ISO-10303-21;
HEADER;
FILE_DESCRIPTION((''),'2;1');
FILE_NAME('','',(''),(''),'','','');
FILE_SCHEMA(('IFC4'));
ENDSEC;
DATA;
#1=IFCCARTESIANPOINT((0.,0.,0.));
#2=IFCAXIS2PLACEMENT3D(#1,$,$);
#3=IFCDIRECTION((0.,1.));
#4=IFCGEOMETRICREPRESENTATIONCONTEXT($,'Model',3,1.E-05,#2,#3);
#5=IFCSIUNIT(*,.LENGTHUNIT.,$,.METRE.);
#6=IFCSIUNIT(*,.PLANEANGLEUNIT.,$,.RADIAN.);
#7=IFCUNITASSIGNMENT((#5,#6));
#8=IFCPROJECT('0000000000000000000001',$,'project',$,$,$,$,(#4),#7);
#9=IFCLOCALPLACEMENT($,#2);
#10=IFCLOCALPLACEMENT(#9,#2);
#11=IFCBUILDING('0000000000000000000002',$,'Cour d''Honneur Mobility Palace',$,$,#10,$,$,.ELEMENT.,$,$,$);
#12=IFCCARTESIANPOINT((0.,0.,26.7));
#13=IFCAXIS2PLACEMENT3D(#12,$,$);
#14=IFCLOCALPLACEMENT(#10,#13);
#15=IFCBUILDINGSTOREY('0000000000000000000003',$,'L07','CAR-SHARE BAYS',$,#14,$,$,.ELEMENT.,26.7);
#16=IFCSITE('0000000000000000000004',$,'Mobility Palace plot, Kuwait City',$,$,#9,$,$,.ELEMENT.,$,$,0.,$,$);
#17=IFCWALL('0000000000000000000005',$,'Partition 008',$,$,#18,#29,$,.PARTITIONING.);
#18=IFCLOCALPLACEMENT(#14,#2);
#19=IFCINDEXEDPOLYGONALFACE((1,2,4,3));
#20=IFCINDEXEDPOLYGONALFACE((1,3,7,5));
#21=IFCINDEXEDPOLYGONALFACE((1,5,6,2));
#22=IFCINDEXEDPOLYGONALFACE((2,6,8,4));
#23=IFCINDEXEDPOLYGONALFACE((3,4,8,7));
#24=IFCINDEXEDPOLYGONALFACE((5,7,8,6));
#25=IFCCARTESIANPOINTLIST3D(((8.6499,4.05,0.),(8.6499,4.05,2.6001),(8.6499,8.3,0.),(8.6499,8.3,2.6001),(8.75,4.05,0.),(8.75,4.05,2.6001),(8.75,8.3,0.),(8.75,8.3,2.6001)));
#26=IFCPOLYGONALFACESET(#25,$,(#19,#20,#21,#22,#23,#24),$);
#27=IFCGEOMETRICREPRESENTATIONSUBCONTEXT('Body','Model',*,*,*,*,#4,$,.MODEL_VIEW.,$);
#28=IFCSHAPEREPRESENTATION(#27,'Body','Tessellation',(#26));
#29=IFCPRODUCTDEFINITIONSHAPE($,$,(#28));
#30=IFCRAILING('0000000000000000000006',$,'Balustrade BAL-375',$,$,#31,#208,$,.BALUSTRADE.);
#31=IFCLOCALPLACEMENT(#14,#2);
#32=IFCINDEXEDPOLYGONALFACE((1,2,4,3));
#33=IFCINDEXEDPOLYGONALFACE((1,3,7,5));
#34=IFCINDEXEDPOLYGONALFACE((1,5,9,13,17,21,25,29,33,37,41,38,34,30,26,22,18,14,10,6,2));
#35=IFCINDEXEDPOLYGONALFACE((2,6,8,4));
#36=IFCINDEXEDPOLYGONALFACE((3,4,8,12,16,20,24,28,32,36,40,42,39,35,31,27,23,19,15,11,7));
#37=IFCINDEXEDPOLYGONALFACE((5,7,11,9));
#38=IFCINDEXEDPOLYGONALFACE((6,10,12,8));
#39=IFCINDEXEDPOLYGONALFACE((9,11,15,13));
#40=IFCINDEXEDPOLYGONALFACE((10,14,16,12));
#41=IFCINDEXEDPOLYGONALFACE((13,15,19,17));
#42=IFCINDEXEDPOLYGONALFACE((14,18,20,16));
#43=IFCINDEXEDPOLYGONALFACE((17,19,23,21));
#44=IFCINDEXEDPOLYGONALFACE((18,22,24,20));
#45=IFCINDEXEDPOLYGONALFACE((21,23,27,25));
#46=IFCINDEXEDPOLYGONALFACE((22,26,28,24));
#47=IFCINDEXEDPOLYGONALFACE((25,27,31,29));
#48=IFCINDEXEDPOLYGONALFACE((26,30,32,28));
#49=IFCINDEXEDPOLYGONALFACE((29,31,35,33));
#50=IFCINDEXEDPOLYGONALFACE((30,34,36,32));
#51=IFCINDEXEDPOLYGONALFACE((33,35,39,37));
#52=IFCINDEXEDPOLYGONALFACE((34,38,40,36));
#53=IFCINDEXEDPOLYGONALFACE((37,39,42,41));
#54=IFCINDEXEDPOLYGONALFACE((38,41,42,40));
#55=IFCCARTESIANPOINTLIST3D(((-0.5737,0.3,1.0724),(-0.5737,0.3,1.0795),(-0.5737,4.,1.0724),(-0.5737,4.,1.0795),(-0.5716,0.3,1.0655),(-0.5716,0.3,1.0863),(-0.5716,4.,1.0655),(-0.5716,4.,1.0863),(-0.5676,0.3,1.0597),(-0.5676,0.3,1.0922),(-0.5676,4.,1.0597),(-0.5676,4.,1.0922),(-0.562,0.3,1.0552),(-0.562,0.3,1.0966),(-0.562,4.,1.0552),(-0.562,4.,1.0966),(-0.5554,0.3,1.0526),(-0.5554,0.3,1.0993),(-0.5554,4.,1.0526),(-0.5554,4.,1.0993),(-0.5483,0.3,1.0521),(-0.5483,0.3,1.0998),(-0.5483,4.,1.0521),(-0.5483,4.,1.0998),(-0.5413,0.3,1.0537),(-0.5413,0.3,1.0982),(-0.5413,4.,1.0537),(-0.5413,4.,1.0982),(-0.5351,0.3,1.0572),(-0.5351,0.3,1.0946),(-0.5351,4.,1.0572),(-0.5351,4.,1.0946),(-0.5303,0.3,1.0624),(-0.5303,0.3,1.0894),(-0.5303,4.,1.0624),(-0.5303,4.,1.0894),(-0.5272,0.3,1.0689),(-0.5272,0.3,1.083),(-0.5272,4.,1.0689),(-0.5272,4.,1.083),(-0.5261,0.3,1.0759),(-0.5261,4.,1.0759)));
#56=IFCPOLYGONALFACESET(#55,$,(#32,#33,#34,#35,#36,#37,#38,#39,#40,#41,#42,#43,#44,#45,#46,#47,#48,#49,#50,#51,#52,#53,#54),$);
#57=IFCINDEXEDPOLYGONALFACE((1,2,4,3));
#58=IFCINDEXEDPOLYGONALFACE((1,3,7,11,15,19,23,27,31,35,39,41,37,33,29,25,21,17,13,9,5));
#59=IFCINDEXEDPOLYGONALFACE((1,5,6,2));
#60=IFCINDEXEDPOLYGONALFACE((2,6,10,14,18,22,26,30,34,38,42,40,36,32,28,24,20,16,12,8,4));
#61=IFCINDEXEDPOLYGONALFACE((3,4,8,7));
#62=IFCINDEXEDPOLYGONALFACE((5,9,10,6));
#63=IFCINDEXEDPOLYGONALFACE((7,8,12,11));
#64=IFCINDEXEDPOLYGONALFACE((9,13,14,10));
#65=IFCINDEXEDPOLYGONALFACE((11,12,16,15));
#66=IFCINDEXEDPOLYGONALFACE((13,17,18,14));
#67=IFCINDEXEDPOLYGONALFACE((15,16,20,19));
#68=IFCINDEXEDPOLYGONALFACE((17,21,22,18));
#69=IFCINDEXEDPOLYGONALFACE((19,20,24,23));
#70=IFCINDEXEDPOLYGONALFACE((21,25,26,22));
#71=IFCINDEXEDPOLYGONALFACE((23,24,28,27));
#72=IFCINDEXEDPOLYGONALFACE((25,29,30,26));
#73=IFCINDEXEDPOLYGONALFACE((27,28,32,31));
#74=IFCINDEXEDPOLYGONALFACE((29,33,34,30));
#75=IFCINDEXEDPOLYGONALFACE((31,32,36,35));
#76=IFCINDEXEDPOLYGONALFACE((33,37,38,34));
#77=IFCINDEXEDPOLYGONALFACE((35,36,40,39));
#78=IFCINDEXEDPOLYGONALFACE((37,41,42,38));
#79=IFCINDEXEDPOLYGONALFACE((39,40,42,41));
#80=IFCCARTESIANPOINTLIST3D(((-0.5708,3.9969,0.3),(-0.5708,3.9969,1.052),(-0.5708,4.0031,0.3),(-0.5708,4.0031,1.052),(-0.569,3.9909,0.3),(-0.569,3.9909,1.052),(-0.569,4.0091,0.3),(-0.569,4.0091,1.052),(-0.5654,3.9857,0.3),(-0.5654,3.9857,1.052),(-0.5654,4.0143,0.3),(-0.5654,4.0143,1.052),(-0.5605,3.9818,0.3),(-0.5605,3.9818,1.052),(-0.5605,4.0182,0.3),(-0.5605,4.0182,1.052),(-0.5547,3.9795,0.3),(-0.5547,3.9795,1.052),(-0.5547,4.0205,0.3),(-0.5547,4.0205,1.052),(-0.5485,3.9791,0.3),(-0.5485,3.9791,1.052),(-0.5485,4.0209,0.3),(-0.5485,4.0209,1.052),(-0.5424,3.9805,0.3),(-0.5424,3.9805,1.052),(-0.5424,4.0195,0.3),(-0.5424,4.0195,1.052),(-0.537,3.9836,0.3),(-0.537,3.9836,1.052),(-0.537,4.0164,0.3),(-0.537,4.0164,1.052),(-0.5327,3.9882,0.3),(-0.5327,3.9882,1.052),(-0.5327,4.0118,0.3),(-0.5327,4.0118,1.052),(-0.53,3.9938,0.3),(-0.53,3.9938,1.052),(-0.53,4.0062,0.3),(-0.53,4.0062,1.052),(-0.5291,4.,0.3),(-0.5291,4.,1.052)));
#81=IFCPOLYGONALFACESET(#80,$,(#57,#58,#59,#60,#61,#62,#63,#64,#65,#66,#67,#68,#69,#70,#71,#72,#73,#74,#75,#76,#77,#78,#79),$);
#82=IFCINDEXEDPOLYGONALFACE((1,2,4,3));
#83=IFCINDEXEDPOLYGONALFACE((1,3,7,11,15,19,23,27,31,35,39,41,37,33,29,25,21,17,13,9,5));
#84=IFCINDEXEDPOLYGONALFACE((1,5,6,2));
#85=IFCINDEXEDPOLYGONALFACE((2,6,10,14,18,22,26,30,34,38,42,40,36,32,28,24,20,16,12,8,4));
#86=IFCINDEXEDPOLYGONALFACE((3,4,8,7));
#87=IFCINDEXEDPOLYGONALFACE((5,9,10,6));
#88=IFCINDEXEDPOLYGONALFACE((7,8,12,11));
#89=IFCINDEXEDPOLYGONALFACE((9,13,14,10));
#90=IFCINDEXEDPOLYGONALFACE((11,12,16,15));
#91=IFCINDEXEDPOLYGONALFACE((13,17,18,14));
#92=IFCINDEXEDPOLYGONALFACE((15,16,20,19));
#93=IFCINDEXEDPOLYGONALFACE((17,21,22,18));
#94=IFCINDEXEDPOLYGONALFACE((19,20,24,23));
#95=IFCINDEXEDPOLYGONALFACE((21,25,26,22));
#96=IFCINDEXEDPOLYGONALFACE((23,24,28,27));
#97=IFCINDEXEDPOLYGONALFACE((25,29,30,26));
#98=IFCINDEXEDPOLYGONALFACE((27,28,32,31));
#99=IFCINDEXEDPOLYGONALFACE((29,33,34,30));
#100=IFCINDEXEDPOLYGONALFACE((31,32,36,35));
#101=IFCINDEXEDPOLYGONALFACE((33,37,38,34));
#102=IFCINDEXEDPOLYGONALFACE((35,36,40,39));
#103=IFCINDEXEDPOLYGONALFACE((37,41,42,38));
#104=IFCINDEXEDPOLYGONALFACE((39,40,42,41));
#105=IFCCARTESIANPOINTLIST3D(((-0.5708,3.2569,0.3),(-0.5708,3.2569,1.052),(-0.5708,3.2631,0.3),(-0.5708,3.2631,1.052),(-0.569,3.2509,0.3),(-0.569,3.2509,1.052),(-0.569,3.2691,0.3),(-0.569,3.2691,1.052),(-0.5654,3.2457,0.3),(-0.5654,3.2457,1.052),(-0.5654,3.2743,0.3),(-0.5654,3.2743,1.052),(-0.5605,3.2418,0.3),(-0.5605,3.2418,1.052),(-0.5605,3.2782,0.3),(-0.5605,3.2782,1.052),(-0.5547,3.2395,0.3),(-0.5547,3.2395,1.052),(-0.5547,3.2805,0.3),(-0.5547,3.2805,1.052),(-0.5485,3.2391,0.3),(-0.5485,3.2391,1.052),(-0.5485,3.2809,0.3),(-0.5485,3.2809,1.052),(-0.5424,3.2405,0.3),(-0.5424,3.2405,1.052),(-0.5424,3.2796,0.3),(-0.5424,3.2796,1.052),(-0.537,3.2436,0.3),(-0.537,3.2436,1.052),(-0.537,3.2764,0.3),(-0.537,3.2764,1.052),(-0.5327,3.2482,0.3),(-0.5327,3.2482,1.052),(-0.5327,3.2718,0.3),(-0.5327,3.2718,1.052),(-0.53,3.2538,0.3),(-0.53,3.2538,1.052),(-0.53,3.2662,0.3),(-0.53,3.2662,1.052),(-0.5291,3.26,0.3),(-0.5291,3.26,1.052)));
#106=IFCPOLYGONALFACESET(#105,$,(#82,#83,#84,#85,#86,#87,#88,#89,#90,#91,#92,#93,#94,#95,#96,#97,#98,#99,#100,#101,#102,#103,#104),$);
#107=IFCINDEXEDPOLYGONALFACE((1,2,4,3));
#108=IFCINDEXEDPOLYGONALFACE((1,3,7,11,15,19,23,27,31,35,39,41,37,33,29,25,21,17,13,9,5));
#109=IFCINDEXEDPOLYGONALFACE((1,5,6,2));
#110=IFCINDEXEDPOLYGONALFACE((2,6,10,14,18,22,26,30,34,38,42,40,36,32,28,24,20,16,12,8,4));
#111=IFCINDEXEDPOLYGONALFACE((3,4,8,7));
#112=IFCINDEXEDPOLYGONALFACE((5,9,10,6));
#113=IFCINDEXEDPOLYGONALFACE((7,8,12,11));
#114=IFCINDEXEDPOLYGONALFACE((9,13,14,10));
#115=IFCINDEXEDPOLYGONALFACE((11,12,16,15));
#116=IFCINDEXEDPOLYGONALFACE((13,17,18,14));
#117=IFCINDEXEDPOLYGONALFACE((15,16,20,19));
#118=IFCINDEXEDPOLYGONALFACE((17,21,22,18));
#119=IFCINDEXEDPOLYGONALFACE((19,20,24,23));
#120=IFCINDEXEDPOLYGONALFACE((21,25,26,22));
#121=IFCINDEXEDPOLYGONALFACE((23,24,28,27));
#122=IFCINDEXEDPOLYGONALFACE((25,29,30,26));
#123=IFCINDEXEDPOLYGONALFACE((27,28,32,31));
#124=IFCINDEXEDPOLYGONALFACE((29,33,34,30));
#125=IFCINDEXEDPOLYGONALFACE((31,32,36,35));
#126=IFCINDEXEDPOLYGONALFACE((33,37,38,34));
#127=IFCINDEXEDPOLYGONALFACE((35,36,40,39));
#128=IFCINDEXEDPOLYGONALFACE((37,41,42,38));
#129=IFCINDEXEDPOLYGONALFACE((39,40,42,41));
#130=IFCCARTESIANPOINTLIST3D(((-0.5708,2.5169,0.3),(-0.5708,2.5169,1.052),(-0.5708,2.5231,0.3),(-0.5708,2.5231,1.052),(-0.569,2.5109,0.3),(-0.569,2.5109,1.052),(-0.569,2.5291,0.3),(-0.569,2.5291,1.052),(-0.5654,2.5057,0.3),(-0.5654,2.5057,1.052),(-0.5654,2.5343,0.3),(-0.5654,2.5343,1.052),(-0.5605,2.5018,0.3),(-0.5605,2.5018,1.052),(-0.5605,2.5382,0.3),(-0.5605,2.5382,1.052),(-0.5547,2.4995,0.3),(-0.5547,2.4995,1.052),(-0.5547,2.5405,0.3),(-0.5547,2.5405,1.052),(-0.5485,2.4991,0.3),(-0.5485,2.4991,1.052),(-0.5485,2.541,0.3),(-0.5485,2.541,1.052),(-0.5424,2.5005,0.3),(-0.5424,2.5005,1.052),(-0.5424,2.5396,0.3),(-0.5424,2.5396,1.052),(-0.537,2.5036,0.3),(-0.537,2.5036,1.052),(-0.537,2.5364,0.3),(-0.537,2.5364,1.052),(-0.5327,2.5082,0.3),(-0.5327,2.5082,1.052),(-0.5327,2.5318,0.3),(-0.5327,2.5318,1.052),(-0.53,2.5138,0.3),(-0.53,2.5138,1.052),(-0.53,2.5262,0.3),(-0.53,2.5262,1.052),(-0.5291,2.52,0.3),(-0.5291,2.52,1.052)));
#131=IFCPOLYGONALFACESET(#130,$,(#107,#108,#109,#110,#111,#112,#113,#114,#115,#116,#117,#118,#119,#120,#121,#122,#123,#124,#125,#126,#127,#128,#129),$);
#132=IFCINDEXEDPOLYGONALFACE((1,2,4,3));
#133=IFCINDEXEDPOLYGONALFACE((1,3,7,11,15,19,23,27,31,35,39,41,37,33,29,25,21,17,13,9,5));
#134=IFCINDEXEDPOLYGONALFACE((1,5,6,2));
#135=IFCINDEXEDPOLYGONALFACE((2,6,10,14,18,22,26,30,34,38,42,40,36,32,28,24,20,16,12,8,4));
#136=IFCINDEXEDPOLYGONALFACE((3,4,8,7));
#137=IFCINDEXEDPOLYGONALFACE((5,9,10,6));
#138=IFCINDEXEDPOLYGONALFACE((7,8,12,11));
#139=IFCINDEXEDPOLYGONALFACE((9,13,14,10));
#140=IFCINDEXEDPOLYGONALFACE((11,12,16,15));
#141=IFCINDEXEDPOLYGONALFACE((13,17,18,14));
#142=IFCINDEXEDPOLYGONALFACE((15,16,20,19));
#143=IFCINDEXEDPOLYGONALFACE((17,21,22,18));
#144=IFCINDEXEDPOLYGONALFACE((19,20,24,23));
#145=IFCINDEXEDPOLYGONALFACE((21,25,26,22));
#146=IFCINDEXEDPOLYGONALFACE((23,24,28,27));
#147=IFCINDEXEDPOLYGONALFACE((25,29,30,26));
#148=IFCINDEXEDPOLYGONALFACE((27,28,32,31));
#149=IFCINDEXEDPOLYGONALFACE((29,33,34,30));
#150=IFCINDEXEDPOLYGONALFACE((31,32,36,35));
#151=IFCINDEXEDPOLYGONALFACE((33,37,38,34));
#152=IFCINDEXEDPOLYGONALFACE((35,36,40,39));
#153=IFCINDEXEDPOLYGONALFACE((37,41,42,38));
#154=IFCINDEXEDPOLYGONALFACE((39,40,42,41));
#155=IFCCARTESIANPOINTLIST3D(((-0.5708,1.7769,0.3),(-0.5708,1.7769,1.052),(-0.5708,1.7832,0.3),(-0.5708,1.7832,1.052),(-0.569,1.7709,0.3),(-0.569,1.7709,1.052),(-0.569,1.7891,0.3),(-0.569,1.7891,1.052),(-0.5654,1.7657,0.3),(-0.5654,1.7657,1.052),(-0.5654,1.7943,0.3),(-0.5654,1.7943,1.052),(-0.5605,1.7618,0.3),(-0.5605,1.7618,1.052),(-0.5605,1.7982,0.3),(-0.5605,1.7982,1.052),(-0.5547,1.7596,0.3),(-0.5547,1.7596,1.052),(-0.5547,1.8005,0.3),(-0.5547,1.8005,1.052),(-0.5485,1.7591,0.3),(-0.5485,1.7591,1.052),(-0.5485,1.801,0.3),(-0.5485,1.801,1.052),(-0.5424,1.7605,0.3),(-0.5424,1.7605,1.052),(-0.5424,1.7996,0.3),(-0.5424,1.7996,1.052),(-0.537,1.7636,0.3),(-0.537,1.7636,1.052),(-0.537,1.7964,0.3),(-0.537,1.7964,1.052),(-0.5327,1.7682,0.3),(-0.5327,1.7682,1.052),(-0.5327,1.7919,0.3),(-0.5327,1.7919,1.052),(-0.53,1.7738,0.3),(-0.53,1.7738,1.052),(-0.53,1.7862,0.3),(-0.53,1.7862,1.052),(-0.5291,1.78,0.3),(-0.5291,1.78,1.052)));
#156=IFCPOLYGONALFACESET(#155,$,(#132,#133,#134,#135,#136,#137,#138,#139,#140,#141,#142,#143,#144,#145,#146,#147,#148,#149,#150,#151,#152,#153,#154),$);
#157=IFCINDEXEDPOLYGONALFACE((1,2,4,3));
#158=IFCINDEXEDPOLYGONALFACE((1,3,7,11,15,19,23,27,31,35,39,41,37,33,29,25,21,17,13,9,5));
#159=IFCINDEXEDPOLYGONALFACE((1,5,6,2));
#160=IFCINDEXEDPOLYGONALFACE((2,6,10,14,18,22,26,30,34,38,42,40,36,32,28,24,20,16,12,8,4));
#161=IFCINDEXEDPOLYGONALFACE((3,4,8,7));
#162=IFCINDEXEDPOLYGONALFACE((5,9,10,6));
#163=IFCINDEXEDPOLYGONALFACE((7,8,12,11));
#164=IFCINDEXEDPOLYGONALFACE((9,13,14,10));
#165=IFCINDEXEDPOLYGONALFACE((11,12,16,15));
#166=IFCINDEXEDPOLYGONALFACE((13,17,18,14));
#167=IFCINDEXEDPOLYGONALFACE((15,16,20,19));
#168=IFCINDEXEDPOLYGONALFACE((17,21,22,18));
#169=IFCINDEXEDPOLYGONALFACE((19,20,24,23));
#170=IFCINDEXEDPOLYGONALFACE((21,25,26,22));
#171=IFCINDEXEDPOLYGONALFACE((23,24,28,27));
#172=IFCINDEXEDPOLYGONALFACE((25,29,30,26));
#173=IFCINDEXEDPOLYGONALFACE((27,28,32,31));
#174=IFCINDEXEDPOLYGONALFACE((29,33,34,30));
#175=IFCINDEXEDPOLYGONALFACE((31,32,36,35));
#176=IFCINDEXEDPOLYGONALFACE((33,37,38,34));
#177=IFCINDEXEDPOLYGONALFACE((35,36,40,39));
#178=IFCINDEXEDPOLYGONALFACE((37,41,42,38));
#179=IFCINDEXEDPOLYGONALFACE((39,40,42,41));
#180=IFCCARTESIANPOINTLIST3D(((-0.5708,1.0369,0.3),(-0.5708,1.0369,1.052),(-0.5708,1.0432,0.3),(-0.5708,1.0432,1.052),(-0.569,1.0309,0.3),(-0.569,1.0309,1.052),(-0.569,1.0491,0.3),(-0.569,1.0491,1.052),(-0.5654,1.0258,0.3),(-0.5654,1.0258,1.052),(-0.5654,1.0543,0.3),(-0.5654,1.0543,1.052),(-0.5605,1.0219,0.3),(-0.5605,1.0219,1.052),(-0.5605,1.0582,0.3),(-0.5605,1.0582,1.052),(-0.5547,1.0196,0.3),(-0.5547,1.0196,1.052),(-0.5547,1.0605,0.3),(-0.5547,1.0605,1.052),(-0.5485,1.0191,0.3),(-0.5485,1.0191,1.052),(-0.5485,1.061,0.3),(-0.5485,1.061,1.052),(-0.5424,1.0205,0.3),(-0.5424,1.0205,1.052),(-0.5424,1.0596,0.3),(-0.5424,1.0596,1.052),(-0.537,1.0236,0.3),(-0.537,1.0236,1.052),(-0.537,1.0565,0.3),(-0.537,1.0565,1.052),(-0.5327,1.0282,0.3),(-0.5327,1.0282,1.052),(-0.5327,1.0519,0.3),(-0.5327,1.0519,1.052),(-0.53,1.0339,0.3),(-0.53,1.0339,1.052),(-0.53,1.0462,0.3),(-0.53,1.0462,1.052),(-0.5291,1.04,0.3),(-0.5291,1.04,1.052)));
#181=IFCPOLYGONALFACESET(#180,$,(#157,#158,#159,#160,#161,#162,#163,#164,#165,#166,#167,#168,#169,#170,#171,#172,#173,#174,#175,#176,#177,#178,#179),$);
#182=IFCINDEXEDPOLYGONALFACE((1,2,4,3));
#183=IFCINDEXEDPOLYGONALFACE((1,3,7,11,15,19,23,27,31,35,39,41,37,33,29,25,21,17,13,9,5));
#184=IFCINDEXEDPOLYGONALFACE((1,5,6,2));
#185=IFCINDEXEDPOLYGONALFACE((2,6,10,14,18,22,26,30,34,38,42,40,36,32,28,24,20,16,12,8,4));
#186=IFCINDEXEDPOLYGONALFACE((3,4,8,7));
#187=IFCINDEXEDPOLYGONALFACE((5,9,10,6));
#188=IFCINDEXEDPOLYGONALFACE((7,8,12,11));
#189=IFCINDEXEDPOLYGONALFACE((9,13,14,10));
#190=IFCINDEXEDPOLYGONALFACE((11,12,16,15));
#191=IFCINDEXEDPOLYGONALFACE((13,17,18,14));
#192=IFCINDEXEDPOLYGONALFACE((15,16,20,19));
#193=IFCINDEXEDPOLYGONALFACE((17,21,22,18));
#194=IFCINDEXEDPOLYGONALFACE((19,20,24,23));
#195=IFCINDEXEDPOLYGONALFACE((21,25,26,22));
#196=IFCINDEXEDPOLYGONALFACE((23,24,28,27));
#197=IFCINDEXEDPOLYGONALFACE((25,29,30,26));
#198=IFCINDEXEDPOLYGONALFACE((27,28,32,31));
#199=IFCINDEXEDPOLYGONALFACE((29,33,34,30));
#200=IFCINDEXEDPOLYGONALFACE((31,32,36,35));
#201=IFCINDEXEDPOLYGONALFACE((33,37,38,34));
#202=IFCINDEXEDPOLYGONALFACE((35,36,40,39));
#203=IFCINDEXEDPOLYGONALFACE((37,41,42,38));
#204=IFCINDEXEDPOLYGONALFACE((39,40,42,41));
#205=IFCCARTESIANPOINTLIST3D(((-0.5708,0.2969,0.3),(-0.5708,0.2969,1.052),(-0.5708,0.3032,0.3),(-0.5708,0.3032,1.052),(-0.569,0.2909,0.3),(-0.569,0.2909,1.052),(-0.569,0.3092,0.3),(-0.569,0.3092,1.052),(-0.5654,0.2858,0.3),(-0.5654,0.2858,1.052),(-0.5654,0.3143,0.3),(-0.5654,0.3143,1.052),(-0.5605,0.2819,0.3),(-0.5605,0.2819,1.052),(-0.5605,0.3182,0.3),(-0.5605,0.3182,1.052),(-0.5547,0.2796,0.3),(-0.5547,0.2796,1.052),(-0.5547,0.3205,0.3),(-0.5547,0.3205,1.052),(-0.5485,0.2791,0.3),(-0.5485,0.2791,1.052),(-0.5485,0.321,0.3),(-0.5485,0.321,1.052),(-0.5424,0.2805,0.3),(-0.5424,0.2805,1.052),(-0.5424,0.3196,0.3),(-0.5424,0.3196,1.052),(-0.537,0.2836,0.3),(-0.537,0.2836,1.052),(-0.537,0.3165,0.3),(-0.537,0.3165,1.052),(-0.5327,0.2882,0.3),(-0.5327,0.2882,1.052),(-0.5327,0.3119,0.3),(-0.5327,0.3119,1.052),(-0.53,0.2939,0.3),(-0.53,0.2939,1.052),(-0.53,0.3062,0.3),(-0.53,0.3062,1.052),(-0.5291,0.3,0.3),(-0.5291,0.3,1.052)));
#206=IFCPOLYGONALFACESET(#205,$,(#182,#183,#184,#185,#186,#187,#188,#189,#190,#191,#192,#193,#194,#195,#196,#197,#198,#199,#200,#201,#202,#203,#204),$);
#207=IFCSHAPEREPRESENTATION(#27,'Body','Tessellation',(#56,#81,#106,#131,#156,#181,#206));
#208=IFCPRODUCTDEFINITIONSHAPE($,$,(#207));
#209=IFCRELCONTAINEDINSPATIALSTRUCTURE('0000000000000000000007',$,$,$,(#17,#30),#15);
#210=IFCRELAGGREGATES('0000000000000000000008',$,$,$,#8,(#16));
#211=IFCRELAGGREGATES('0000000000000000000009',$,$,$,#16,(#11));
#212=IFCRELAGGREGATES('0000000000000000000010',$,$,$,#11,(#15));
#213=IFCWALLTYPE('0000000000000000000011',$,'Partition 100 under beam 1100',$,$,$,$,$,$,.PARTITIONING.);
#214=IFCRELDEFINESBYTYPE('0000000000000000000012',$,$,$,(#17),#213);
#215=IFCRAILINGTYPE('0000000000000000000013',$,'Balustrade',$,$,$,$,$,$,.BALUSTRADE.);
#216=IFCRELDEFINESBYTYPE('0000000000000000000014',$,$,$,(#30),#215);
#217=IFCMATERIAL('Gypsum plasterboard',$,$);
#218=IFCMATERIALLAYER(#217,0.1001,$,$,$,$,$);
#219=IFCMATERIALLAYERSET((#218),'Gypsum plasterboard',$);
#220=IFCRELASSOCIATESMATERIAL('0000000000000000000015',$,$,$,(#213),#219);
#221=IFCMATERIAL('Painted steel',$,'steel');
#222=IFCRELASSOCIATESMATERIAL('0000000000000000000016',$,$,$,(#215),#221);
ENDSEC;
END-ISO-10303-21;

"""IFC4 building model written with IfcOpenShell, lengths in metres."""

from ifc_helpers import new_model, si_unit, direction, frame, frame_2d, origin, origin_2d, place, context, subcontext, project, spatial, rectangle, circle, extrude, material, layer, layer_set, type_object, element, save


model = new_model("IFC4")

# Units and contexts
model_context = context("Model", 3, precision=1e-05, world=origin(), true_north=direction((0.0, 1.0)))
body_context = subcontext(model_context, "Body", "Model", "MODEL_VIEW")
ifc_project = project(units=[si_unit("LENGTHUNIT", "METRE"), si_unit("PLANEANGLEUNIT", "RADIAN")], contexts=[model_context])

# Site, building, storey
site_placement = place(None, origin())
site = spatial("IfcSite", under=ifc_project, at=site_placement, Name="Mobility Palace plot, Kuwait City", CompositionType="ELEMENT", RefElevation=0.0)
building_placement = place(site_placement, origin())
building = spatial("IfcBuilding", under=site, at=building_placement, Name="Cour d'Honneur Mobility Palace", CompositionType="ELEMENT")
storey_placement = place(building_placement, frame((0.0, 0.0, 26.7)))
storey = spatial("IfcBuildingStorey", under=building, at=storey_placement, Name="L07", Description="CAR-SHARE BAYS", CompositionType="ELEMENT", Elevation=26.7)

# Wall
ifc_material_1 = material(Name="Gypsum plasterboard")
ifc_layer_1 = layer(ifc_material_1, 0.1001)
ifc_layer_set_1 = layer_set([ifc_layer_1], Name="Gypsum plasterboard")
wall_type_1 = type_object("IfcWallType", Name="Partition 100 under beam 1100", PredefinedType="PARTITIONING", material=ifc_layer_set_1)
wall_1_placement = place(storey_placement, frame((8.7, 8.3, 0.0), z_axis=(0.0, 0.0, 1.0), x_axis=(0.0, -1.0, 0.0)))
element("IfcWall", 1, at=wall_1_placement, inside=storey, type_object=wall_type_1, Name="Partition 008", PredefinedType="PARTITIONING", context=body_context, shape_type="SweptSolid", body=[
    extrude(rectangle(XDim=4.25, YDim=0.1001, at=frame_2d((2.125, 0.0))), origin(), (0.0, 0.0, 1.0), 2.6001),
])

# Railing
ifc_material_2 = material(Name="Painted steel", Category="steel")
railing_type_1 = type_object("IfcRailingType", Name="Balustrade", PredefinedType="BALUSTRADE", material=ifc_material_2)
railing_1_placement = place(storey_placement, frame((-0.55, 4.0, 0.3)))
element("IfcRailing", 2, at=railing_1_placement, inside=storey, type_object=railing_type_1, Name="Balustrade BAL-375", PredefinedType="BALUSTRADE", context=body_context, shape_type="SweptSolid", body=[
    extrude(circle(Radius=0.0239, at=origin_2d()), frame((0.0, 0.0, 0.7759), z_axis=(0.0, -1.0, 0.0), x_axis=(1.0, 0.0, 0.0)), (0.0, 0.0, 1.0), 3.7),
    extrude(circle(Radius=0.021, at=origin_2d()), origin(), (0.0, 0.0, 1.0), 0.752),
    extrude(circle(Radius=0.021, at=origin_2d()), frame((0.0, -0.74, 0.0)), (0.0, 0.0, 1.0), 0.752),
    extrude(circle(Radius=0.021, at=origin_2d()), frame((0.0, -1.48, 0.0)), (0.0, 0.0, 1.0), 0.752),
    extrude(circle(Radius=0.021, at=origin_2d()), frame((0.0, -2.22, 0.0)), (0.0, 0.0, 1.0), 0.752),
    extrude(circle(Radius=0.021, at=origin_2d()), frame((0.0, -2.96, 0.0)), (0.0, 0.0, 1.0), 0.752),
    extrude(circle(Radius=0.021, at=origin_2d()), frame((0.0, -3.7, 0.0)), (0.0, 0.0, 1.0), 0.752),
])

save(model, "model.ifc")
